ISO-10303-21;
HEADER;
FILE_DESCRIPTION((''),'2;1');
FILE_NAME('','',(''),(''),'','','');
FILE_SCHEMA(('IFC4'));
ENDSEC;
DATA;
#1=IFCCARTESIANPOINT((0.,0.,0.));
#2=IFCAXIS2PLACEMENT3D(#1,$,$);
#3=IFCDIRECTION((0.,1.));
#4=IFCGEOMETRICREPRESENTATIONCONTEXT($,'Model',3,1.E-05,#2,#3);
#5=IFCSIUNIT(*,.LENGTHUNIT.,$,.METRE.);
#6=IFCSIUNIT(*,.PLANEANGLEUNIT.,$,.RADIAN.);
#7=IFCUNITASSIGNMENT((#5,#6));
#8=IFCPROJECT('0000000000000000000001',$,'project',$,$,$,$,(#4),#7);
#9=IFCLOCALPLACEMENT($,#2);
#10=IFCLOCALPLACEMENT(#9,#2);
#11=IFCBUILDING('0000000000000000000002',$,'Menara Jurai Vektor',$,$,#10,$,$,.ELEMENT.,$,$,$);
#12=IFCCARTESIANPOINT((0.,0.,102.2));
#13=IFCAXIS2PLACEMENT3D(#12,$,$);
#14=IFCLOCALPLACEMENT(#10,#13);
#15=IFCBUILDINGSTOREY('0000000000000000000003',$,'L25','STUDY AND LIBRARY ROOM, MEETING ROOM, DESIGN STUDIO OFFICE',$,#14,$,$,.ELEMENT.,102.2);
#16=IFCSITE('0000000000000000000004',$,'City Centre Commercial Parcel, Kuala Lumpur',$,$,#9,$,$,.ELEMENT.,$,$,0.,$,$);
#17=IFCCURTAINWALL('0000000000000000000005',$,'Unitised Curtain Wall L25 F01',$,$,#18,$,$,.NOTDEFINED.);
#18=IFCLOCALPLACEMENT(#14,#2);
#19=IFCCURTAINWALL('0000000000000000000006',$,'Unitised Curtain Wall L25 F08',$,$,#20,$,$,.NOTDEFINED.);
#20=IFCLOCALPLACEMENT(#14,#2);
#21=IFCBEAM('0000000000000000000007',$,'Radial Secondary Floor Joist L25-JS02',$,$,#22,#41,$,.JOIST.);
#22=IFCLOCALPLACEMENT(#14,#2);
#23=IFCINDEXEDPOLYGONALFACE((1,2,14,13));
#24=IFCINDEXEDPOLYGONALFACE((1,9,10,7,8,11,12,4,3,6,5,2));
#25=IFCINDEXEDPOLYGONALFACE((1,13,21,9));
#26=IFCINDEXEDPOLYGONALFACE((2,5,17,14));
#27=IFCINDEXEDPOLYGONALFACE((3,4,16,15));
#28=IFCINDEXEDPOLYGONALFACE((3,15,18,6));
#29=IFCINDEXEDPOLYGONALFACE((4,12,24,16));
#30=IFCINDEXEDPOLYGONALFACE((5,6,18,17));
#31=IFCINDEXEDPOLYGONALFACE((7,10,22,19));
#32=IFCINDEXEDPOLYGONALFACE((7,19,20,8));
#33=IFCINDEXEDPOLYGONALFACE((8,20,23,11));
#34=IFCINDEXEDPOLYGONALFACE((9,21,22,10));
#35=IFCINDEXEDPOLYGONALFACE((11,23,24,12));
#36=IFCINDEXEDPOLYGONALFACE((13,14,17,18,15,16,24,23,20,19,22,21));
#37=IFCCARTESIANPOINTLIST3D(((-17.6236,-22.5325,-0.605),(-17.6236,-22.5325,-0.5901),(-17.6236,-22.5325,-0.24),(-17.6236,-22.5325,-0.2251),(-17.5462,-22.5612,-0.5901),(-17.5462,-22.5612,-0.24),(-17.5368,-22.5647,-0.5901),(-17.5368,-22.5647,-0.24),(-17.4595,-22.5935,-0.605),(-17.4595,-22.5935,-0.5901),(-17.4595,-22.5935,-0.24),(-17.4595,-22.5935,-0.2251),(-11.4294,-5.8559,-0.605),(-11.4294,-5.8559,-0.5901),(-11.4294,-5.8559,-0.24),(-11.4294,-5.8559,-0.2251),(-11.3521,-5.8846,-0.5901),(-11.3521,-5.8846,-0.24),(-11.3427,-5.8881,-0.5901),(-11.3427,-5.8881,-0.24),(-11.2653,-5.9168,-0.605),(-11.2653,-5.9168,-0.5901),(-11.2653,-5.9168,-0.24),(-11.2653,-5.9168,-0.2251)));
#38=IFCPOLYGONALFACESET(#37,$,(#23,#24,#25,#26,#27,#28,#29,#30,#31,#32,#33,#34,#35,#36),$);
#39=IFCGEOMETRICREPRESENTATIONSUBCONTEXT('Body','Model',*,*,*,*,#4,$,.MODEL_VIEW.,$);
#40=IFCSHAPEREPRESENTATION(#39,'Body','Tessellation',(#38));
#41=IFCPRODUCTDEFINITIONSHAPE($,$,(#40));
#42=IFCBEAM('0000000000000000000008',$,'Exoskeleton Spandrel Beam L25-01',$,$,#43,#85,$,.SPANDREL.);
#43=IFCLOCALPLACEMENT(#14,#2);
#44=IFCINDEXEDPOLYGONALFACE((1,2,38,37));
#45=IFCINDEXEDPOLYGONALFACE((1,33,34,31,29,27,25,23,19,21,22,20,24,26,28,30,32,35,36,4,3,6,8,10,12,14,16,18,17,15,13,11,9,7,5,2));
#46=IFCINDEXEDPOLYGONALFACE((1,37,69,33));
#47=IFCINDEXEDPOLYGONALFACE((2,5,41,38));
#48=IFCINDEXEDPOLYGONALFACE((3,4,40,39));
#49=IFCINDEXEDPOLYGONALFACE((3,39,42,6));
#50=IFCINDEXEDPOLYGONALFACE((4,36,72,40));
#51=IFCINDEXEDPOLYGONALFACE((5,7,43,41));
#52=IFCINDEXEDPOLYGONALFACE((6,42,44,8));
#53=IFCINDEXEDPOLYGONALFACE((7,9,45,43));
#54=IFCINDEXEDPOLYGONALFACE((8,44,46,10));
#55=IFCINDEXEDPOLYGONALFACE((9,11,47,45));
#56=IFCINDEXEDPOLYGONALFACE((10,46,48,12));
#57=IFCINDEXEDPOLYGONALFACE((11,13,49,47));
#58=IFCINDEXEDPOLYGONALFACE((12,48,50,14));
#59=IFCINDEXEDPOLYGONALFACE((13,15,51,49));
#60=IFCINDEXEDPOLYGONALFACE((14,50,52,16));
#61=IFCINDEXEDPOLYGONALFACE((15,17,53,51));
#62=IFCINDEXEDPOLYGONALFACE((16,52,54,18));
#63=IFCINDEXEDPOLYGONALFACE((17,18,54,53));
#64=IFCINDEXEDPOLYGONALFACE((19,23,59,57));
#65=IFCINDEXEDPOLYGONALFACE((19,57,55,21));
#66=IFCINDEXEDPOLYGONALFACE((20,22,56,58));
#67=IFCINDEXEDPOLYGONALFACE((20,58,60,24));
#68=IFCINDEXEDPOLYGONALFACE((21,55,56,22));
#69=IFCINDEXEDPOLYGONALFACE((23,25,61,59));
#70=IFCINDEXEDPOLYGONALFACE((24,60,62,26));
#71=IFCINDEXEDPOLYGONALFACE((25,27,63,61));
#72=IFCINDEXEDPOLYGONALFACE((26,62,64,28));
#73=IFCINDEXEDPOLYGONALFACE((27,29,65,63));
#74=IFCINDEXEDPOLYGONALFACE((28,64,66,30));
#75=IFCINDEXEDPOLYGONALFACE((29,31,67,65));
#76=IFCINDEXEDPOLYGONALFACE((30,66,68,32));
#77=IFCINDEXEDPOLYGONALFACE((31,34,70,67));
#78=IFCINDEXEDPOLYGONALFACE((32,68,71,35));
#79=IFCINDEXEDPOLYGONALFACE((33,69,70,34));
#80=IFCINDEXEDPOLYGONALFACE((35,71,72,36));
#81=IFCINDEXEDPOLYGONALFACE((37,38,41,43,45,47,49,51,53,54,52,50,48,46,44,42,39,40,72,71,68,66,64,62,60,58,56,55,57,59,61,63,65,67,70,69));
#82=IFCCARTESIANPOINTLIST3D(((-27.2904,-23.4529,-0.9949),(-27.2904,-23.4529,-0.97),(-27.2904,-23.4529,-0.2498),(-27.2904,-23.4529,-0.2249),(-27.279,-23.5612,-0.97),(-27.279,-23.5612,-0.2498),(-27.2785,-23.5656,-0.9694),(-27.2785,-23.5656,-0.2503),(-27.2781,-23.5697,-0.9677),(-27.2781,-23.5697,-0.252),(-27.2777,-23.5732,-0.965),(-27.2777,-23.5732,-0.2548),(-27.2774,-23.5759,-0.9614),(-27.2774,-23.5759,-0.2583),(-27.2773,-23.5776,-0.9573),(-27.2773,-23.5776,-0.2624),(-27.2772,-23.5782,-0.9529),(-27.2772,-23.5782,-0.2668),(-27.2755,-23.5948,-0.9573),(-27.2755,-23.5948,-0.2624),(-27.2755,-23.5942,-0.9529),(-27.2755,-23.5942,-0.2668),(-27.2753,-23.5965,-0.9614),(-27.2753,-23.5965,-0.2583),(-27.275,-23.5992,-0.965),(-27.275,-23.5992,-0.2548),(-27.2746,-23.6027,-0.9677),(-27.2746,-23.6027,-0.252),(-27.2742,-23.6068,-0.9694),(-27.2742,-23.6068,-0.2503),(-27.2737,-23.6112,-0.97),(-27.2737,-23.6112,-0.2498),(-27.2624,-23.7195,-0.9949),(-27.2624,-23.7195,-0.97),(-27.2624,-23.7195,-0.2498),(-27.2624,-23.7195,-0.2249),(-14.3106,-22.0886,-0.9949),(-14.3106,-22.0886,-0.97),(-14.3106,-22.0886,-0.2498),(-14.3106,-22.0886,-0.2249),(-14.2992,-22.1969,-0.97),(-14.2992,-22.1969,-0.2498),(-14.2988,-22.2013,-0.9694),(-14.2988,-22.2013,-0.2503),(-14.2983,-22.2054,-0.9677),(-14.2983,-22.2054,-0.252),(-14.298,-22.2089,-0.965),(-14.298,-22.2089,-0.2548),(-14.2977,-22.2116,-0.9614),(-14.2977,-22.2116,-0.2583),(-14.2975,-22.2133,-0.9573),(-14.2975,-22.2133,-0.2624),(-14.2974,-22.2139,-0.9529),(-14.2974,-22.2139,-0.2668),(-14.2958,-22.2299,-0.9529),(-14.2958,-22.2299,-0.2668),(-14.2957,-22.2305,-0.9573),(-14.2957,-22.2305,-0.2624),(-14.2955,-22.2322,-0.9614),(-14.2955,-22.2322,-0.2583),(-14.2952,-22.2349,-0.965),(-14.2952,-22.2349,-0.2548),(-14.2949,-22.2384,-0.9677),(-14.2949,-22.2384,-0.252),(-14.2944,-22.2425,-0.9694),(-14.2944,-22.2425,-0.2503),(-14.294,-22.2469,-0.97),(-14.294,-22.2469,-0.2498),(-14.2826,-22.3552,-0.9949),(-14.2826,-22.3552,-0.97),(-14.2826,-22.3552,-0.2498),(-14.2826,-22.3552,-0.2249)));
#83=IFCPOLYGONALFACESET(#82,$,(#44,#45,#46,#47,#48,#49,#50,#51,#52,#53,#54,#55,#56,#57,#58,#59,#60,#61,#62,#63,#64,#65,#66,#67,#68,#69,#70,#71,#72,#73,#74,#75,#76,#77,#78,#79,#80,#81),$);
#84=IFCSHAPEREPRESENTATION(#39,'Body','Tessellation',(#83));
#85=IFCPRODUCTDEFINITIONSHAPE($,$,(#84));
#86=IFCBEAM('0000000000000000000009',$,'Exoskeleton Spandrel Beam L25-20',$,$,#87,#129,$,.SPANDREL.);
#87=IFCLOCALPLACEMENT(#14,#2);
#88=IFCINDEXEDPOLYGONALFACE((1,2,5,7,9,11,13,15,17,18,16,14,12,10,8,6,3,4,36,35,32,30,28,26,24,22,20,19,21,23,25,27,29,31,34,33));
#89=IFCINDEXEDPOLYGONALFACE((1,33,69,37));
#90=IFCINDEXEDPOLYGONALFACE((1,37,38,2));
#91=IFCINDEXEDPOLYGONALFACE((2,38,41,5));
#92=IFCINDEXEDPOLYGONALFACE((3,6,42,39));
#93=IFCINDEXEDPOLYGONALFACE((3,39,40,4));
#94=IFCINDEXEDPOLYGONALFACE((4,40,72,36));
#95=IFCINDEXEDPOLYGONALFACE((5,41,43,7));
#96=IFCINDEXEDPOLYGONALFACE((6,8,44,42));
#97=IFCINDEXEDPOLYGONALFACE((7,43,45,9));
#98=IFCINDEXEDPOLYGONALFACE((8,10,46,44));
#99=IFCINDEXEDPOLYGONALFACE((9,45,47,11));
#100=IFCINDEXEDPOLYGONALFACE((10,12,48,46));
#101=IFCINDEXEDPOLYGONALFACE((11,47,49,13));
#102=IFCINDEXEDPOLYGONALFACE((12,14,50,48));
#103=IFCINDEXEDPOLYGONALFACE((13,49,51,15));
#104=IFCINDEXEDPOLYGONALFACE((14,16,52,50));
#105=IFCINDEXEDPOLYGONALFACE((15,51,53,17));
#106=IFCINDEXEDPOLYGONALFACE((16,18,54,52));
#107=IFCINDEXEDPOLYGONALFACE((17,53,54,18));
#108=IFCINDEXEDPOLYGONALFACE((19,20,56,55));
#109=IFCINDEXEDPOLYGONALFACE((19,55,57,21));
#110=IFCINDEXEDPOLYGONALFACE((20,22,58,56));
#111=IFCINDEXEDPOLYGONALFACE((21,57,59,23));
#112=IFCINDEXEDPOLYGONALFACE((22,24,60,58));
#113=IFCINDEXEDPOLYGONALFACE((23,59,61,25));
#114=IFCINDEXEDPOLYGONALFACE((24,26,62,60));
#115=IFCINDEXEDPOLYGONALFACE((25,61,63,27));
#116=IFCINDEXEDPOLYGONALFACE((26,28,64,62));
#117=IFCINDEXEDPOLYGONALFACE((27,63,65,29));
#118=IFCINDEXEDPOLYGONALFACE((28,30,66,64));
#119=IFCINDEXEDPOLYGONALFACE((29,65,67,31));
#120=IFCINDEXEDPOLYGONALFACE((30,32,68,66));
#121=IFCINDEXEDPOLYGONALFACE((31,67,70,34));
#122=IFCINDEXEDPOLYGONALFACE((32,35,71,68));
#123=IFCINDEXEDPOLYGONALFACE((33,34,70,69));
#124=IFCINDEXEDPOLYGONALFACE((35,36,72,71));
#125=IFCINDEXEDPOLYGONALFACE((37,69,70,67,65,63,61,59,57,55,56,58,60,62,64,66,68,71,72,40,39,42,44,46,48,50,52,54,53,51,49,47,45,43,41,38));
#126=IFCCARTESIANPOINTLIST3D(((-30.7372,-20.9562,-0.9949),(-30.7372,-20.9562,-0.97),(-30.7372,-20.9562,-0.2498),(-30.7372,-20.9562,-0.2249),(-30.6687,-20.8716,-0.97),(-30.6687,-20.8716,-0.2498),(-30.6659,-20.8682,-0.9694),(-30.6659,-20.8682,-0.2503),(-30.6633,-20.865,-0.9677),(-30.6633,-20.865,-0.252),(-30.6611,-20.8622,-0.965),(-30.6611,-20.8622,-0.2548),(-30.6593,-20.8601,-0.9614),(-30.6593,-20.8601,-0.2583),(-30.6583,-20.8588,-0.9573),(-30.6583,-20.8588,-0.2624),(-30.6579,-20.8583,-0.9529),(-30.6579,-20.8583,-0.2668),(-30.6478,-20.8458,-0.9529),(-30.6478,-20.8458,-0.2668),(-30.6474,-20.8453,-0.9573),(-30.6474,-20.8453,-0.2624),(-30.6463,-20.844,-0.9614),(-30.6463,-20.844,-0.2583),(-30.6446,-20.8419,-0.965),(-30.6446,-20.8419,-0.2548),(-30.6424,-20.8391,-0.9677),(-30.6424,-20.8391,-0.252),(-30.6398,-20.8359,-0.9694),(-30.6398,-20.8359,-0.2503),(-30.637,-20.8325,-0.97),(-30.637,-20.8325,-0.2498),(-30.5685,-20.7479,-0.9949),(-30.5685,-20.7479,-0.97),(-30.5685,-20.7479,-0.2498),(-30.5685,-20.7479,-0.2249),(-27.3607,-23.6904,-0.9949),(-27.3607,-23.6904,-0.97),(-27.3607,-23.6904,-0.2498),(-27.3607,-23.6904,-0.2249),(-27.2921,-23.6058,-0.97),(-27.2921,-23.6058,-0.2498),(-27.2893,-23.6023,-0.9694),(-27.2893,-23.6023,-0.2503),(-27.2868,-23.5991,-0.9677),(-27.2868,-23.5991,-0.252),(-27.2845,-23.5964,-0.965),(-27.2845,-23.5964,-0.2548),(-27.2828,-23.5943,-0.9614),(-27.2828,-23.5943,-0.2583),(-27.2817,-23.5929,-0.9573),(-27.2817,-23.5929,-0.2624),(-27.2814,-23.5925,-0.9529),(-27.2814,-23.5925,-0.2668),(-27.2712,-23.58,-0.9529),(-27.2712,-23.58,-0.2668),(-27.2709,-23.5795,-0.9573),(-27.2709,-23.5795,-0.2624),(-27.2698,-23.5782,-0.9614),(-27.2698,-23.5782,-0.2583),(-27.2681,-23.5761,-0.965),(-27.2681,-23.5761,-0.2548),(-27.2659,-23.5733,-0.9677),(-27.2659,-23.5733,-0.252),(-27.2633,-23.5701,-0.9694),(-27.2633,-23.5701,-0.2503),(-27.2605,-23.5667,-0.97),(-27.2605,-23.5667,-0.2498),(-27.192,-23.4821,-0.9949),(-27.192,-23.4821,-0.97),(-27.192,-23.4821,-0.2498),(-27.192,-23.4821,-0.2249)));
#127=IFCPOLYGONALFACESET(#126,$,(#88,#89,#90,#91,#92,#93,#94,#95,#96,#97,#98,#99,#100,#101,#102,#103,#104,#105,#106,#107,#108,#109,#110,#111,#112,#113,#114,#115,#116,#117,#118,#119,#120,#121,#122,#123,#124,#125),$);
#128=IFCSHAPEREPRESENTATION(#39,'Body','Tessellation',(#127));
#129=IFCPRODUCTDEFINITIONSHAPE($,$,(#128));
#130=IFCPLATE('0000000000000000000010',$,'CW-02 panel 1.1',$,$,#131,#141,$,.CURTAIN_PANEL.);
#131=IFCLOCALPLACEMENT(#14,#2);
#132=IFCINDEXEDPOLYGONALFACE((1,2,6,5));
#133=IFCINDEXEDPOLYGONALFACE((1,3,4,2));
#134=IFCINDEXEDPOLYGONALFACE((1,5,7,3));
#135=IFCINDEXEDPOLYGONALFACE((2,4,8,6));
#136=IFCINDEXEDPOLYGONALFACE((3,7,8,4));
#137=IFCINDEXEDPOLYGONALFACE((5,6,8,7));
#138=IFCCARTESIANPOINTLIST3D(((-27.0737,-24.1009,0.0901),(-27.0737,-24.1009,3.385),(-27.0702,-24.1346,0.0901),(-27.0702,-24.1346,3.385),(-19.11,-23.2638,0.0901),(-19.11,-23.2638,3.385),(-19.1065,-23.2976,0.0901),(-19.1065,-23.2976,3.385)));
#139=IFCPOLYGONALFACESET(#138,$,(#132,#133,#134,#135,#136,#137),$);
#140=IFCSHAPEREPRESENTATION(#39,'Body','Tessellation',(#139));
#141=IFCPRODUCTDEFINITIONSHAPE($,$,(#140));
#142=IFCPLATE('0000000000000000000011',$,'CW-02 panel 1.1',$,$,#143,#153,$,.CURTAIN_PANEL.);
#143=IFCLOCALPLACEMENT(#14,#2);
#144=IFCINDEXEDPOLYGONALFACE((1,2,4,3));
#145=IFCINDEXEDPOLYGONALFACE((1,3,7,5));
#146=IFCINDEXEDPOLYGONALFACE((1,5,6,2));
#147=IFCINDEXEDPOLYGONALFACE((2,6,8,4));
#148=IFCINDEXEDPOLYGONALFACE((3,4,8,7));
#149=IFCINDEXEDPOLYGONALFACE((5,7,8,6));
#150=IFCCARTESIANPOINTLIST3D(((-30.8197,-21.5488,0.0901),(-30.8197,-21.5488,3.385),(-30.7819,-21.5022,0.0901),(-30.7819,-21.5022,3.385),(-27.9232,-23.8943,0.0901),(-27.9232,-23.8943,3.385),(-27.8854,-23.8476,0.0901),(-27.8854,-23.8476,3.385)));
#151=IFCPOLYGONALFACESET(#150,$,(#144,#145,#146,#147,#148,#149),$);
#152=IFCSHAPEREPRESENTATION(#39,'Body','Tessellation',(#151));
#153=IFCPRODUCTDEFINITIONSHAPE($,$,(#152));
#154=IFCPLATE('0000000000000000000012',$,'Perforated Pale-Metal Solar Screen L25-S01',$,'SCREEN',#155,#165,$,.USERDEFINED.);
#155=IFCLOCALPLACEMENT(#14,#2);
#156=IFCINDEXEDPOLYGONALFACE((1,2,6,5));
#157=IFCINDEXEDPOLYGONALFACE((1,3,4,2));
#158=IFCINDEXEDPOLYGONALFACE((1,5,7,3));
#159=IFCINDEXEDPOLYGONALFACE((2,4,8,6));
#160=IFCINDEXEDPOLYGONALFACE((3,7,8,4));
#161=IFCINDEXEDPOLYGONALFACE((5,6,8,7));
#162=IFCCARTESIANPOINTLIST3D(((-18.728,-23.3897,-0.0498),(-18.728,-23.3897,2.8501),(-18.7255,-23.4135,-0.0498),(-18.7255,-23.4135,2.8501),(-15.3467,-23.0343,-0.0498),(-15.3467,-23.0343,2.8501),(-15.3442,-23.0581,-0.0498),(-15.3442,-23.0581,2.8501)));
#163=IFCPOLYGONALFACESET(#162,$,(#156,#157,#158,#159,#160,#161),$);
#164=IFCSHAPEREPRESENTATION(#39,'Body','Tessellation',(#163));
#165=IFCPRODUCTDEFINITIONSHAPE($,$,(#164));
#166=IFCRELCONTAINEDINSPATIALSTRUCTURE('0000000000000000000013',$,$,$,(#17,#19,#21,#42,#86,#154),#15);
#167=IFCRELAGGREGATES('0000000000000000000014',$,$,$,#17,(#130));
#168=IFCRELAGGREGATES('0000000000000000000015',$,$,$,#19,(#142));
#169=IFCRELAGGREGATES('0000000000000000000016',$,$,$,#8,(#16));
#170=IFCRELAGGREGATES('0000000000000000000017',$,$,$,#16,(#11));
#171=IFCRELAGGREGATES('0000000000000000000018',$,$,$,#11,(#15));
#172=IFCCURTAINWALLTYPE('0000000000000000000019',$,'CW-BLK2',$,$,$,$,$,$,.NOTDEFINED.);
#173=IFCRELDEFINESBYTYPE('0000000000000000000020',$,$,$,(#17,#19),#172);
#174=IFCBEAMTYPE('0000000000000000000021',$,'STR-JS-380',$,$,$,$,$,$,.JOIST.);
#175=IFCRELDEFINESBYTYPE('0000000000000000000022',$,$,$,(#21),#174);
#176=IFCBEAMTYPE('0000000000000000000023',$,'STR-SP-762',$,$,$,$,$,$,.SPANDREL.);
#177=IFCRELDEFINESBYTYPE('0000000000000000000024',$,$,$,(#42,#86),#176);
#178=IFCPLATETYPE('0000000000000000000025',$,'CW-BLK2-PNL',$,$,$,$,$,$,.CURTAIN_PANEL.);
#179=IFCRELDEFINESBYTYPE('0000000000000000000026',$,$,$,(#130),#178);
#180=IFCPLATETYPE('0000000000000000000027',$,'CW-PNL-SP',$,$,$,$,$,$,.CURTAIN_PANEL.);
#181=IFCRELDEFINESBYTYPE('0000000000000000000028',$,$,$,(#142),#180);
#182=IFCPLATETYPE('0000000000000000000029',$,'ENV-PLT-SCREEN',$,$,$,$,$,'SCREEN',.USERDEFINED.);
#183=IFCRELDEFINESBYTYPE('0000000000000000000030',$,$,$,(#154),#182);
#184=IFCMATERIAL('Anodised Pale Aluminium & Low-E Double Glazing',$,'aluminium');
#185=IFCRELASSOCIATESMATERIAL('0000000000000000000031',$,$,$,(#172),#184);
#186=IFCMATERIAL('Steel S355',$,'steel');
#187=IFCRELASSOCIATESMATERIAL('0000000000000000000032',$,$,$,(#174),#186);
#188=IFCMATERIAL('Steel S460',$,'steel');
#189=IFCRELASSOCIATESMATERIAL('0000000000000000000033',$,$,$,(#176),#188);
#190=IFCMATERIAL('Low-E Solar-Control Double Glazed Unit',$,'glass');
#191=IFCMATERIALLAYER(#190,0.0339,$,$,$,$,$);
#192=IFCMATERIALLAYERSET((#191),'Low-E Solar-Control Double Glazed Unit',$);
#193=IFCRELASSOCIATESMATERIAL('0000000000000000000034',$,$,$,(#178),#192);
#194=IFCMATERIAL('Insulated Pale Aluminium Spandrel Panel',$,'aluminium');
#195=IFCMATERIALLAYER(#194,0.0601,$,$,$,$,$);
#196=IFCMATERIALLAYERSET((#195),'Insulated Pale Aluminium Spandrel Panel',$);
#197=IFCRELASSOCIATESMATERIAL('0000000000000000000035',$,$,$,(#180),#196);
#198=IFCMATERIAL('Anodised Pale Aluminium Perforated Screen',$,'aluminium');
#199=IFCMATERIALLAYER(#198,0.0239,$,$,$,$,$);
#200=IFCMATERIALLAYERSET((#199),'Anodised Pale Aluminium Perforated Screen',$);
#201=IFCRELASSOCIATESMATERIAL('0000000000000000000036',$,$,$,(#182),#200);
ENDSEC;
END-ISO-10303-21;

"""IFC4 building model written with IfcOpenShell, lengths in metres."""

from ifc_helpers import new_model, si_unit, direction, frame, origin, origin_2d, place, context, subcontext, project, spatial, rectangle, i_section, extrude, material, layer, layer_set, material_profile, profile_set, type_object, element, aggregate, save


model = new_model("IFC4")

# Units and contexts
model_context = context("Model", 3, precision=1e-05, world=origin(), true_north=direction((0.0, 1.0)))
body_context = subcontext(model_context, "Body", "Model", "MODEL_VIEW")
ifc_project = project(units=[si_unit("LENGTHUNIT", "METRE"), si_unit("PLANEANGLEUNIT", "RADIAN")], contexts=[model_context])

# Site, building, storey
site_placement = place(None, origin())
site = spatial("IfcSite", under=ifc_project, at=site_placement, Name="City Centre Commercial Parcel, Kuala Lumpur", CompositionType="ELEMENT", RefElevation=0.0)
building_placement = place(site_placement, origin())
building = spatial("IfcBuilding", under=site, at=building_placement, Name="Menara Jurai Vektor", CompositionType="ELEMENT")
storey_placement = place(building_placement, frame((0.0, 0.0, 102.2)))
storey = spatial("IfcBuildingStorey", under=building, at=storey_placement, Name="L25", Description="STUDY AND LIBRARY ROOM, MEETING ROOM, DESIGN STUDIO OFFICE", CompositionType="ELEMENT", Elevation=102.2)

# Shared definitions
ifc_material_1 = material(Name="Steel S460", Category="steel")

# Curtain walls
ifc_material_2 = material(Name="Anodised Pale Aluminium & Low-E Double Glazing", Category="aluminium")
curtain_wall_type = type_object("IfcCurtainWallType", Name="CW-BLK2", PredefinedType="NOTDEFINED", material=ifc_material_2)
curtain_wall_1_placement = place(storey_placement, origin())
curtain_wall_1 = element("IfcCurtainWall", 1, at=curtain_wall_1_placement, inside=storey, type_object=curtain_wall_type, Name="Unitised Curtain Wall L25 F01", PredefinedType="NOTDEFINED")
curtain_wall_2_placement = place(storey_placement, origin())
curtain_wall_2 = element("IfcCurtainWall", 2, at=curtain_wall_2_placement, inside=storey, type_object=curtain_wall_type, Name="Unitised Curtain Wall L25 F08", PredefinedType="NOTDEFINED")

# Shared definitions
ifc_material_3 = material(Name="Steel S355", Category="steel")

# Beams
ifc_material_profile_1 = material_profile(ifc_material_3, i_section(OverallWidth=0.175, OverallDepth=0.3799, WebThickness=0.01, FlangeThickness=0.0149, at=origin_2d()), Name="PG 380x175x58")
ifc_profile_set_1 = profile_set([ifc_material_profile_1], Name="Steel S355")
beam_type_1 = type_object("IfcBeamType", Name="STR-JS-380", PredefinedType="JOIST", material=ifc_profile_set_1)
beam_1_placement = place(storey_placement, frame((-17.5415, -22.563, -0.415), z_axis=(0.348184, 0.937426, 0.0), x_axis=(-0.937426, 0.348184, 0.0)))
element("IfcBeam", 3, at=beam_1_placement, inside=storey, type_object=beam_type_1, Name="Radial Secondary Floor Joist L25-JS02", PredefinedType="JOIST", context=body_context, shape_type="SweptSolid", body=[
    extrude(i_section(OverallWidth=0.175, OverallDepth=0.3799, WebThickness=0.01, FlangeThickness=0.0149, at=origin_2d()), origin(), (0.0, 0.0, 1.0), 17.7898),
])
ifc_material_profile_2 = material_profile(ifc_material_1, i_section(OverallWidth=0.2681, OverallDepth=0.77, WebThickness=0.0161, FlangeThickness=0.0249, FilletRadius=0.0171, at=origin_2d()), Name="UKB 762x267x197")
ifc_profile_set_2 = profile_set([ifc_material_profile_2], Name="Steel S460")
beam_type_2 = type_object("IfcBeamType", Name="STR-SP-762", PredefinedType="SPANDREL", material=ifc_profile_set_2)
beam_2_placement = place(storey_placement, frame((-27.2764, -23.5862, -0.6099), z_axis=(0.994522, 0.104531, 0.0), x_axis=(-0.104531, 0.994522, 0.0)))
element("IfcBeam", 4, at=beam_2_placement, inside=storey, type_object=beam_type_2, Name="Exoskeleton Spandrel Beam L25-01", PredefinedType="SPANDREL", context=body_context, shape_type="SweptSolid", body=[
    extrude(i_section(OverallWidth=0.2681, OverallDepth=0.77, WebThickness=0.0161, FlangeThickness=0.0249, FilletRadius=0.0171, at=origin_2d()), origin(), (0.0, 0.0, 1.0), 13.0513),
])
beam_3_placement = place(storey_placement, frame((-30.6528, -20.8521, -0.6099), z_axis=(0.777155, -0.62931, 0.0), x_axis=(0.62931, 0.777155, 0.0)))
element("IfcBeam", 5, at=beam_3_placement, inside=storey, type_object=beam_type_2, Name="Exoskeleton Spandrel Beam L25-20", PredefinedType="SPANDREL", context=body_context, shape_type="SweptSolid", body=[
    extrude(i_section(OverallWidth=0.2681, OverallDepth=0.77, WebThickness=0.0161, FlangeThickness=0.0249, FilletRadius=0.0171, at=origin_2d()), origin(), (0.0, 0.0, 1.0), 4.3447),
])

# Plates
ifc_material_4 = material(Name="Low-E Solar-Control Double Glazed Unit", Category="glass")
ifc_layer_1 = layer(ifc_material_4, 0.0339)
ifc_layer_set_1 = layer_set([ifc_layer_1], Name="Low-E Solar-Control Double Glazed Unit")
plate_type_1 = type_object("IfcPlateType", Name="CW-BLK2-PNL", PredefinedType="CURTAIN_PANEL", material=ifc_layer_set_1)
plate_1_placement = place(storey_placement, frame((-23.0901, -23.6992, 0.0901), z_axis=(0.0, 0.0, 1.0), x_axis=(0.994522, 0.104529, 0.0)))
plate_1 = element("IfcPlate", 6, at=plate_1_placement, type_object=plate_type_1, Name="CW-02 panel 1.1", PredefinedType="CURTAIN_PANEL", context=body_context, shape_type="SweptSolid", body=[
    extrude(rectangle(XDim=8.0076, YDim=0.0339, at=origin_2d()), origin(), (0.0, 0.0, 1.0), 3.2949),
])
aggregate(curtain_wall_1, [plate_1])
ifc_material_5 = material(Name="Insulated Pale Aluminium Spandrel Panel", Category="aluminium")
ifc_layer_2 = layer(ifc_material_5, 0.0601)
ifc_layer_set_2 = layer_set([ifc_layer_2], Name="Insulated Pale Aluminium Spandrel Panel")
plate_type_2 = type_object("IfcPlateType", Name="CW-PNL-SP", PredefinedType="CURTAIN_PANEL", material=ifc_layer_set_2)
plate_2_placement = place(storey_placement, frame((-29.3525, -22.6982, 0.0901), z_axis=(0.0, 0.0, 1.0), x_axis=(0.777152, -0.629313, 0.0)))
plate_2 = element("IfcPlate", 7, at=plate_2_placement, type_object=plate_type_2, Name="CW-02 panel 1.1", PredefinedType="CURTAIN_PANEL", context=body_context, shape_type="SweptSolid", body=[
    extrude(rectangle(XDim=3.7271, YDim=0.0601, at=origin_2d()), origin(), (0.0, 0.0, 1.0), 3.2949),
])
aggregate(curtain_wall_2, [plate_2])
ifc_material_6 = material(Name="Anodised Pale Aluminium Perforated Screen", Category="aluminium")
ifc_layer_3 = layer(ifc_material_6, 0.0239)
ifc_layer_set_3 = layer_set([ifc_layer_3], Name="Anodised Pale Aluminium Perforated Screen")
plate_type_3 = type_object("IfcPlateType", Name="ENV-PLT-SCREEN", ElementType="SCREEN", PredefinedType="USERDEFINED", material=ifc_layer_set_3)
plate_3_placement = place(storey_placement, frame((-17.0361, -23.2239, -0.0498), z_axis=(0.0, 0.0, 1.0), x_axis=(0.994522, 0.104528, 0.0)))
element("IfcPlate", 8, at=plate_3_placement, inside=storey, type_object=plate_type_3, Name="Perforated Pale-Metal Solar Screen L25-S01", ObjectType="SCREEN", PredefinedType="USERDEFINED", context=body_context, shape_type="SweptSolid", body=[
    extrude(rectangle(XDim=3.3999, YDim=0.0239, at=origin_2d()), origin(), (0.0, 0.0, 1.0), 2.8999),
])

save(model, "model.ifc")
